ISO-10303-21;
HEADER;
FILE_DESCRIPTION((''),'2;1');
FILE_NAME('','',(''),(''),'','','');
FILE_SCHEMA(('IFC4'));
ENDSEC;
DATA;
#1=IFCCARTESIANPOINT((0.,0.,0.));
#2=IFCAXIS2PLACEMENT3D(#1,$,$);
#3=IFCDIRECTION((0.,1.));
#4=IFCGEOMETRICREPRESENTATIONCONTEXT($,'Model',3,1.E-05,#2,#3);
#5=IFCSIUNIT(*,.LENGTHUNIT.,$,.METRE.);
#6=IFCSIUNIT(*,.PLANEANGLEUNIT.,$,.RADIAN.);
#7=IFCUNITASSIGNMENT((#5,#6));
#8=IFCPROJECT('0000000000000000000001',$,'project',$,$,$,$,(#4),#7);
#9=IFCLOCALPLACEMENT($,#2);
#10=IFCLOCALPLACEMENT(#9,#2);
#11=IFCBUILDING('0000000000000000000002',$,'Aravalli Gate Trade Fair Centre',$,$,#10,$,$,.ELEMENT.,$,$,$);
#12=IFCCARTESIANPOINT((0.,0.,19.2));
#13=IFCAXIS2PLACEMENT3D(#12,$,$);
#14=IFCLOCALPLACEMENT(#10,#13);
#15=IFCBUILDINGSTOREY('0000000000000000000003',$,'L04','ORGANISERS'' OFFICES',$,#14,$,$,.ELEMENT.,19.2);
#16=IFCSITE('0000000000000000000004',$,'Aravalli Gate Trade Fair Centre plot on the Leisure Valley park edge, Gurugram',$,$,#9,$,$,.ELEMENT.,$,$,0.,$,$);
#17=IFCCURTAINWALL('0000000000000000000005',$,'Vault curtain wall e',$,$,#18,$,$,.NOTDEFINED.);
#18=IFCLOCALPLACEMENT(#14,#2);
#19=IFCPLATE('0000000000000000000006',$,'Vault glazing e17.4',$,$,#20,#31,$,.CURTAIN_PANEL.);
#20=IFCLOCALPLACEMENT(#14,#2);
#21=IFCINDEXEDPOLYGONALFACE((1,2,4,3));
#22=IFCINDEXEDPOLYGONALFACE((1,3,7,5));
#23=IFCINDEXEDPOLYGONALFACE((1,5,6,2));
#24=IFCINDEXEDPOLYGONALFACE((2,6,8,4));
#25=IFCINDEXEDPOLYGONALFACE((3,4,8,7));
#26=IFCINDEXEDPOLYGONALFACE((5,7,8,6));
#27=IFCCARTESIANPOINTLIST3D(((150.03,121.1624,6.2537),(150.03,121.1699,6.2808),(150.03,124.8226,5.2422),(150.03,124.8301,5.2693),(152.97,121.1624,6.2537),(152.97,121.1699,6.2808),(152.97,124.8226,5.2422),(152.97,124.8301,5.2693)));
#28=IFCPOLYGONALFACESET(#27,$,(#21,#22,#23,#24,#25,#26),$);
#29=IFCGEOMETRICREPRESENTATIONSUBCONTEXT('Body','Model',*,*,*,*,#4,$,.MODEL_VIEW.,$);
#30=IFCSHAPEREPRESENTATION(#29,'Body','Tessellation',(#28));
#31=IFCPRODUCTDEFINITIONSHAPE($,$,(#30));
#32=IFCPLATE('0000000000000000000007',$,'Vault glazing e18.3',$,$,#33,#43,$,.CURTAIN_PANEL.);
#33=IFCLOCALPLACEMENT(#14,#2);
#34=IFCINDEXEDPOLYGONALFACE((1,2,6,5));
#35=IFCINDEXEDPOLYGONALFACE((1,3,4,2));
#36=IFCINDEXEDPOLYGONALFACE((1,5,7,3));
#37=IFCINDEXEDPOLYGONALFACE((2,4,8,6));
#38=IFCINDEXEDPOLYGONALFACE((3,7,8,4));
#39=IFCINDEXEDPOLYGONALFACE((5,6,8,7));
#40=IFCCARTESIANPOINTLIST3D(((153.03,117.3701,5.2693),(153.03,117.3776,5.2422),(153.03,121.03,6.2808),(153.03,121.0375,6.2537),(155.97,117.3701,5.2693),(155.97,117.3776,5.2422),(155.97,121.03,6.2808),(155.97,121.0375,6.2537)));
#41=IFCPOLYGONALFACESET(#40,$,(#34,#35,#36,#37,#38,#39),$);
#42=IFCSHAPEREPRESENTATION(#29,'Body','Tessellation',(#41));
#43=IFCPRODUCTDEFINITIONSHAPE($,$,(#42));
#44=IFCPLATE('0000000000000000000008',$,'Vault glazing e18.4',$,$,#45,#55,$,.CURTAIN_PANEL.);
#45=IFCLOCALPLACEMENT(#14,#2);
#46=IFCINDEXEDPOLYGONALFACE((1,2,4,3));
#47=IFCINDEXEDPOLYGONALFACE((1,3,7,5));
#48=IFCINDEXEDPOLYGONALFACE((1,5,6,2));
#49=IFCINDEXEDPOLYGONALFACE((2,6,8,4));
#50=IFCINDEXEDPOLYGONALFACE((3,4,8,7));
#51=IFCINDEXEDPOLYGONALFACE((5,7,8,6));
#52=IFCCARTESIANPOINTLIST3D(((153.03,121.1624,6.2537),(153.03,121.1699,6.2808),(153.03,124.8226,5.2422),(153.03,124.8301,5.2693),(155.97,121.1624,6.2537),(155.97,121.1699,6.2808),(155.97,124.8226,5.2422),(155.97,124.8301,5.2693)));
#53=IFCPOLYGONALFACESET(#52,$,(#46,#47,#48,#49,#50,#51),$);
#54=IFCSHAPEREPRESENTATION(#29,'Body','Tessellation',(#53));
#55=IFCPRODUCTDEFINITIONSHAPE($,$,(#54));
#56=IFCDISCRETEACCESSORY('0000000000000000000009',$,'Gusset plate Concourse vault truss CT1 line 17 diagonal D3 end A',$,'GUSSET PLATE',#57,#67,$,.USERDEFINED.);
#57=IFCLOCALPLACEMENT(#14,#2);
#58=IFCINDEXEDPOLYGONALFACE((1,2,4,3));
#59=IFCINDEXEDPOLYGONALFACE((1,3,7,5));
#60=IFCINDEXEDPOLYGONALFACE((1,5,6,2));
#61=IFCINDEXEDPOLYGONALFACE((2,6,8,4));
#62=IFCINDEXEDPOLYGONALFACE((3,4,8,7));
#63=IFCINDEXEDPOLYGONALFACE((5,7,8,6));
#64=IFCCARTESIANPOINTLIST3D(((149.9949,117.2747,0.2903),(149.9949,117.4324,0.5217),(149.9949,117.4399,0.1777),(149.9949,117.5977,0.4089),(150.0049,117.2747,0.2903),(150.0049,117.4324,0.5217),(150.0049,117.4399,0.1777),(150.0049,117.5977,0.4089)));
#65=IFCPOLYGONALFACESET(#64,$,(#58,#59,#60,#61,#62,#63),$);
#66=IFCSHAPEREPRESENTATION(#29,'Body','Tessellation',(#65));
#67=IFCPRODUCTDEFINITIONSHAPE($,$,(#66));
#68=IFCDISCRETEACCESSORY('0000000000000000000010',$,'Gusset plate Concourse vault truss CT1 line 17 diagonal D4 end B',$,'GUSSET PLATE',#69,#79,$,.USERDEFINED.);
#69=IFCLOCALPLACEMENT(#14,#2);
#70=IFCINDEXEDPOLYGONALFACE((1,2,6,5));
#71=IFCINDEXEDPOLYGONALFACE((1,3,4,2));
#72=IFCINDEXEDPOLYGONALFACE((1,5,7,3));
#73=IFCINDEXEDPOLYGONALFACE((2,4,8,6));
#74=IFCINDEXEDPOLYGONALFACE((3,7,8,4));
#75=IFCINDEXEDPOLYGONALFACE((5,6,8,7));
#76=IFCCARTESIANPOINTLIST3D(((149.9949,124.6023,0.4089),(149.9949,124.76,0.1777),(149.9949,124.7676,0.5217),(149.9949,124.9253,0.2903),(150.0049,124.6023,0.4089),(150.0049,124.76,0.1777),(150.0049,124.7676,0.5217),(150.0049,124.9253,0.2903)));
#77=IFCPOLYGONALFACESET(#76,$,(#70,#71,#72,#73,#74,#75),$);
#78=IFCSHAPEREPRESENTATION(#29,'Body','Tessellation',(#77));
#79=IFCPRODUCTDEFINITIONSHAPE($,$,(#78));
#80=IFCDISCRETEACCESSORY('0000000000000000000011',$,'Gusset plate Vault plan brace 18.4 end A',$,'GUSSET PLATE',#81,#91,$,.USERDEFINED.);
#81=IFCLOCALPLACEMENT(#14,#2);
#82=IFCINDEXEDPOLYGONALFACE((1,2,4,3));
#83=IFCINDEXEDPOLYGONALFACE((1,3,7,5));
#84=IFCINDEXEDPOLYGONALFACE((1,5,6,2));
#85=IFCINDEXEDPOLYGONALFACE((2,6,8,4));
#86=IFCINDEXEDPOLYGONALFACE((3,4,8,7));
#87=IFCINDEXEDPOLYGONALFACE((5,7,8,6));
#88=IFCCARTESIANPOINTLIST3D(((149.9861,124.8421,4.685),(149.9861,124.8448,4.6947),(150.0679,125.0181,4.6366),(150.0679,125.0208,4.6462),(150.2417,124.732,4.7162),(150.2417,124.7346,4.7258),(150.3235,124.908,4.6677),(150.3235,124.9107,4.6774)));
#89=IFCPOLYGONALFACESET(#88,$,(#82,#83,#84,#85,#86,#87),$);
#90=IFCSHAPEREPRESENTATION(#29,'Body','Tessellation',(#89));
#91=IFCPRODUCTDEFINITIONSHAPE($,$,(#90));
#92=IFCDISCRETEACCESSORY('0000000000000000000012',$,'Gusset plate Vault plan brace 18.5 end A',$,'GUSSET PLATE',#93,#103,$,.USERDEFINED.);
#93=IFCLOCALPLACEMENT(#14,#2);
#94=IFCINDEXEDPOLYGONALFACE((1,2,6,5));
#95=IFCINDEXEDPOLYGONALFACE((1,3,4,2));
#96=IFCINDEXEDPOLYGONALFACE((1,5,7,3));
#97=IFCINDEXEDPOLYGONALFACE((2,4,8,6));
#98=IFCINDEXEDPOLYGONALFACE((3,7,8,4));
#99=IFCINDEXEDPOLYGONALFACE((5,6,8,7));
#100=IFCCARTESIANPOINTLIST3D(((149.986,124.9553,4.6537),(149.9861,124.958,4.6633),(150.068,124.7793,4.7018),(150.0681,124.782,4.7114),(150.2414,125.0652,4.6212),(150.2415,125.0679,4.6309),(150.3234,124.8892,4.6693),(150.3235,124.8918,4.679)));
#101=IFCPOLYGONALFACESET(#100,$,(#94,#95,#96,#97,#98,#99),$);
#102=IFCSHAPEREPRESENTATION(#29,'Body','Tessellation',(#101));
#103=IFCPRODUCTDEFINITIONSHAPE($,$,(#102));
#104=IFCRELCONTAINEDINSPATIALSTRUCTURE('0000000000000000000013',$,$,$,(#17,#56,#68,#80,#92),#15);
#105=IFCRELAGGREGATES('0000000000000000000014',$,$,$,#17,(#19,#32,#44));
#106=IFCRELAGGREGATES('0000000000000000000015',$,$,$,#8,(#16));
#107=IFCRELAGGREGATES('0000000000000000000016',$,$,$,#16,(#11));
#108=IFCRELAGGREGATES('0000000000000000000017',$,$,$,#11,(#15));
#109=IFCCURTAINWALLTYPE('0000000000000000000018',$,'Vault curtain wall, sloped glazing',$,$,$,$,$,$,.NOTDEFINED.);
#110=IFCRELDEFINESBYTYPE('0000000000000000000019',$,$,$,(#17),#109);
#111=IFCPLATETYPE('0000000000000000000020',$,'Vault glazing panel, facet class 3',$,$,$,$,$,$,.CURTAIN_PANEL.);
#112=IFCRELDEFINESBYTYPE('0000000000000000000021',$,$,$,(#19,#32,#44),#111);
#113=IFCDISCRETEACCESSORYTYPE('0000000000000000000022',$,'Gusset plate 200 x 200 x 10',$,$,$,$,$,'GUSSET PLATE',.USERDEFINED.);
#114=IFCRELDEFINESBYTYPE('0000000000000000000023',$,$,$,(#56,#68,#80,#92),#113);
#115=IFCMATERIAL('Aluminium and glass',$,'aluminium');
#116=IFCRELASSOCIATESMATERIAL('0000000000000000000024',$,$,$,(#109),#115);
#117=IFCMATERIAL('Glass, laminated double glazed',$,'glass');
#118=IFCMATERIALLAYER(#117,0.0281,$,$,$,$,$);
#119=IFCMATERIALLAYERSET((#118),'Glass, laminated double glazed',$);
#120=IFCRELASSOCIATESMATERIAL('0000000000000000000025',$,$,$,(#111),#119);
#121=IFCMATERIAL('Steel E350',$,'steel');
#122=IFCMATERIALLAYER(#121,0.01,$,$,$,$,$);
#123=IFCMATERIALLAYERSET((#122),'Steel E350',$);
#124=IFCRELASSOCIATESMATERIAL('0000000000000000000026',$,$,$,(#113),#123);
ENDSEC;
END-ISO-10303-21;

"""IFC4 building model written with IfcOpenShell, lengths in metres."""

from ifc_helpers import new_model, si_unit, direction, frame, origin, place, context, subcontext, project, spatial, polyline, outline, extrude, material, layer, layer_set, type_object, element, aggregate, save


model = new_model("IFC4")

# Units and contexts
model_context = context("Model", 3, precision=1e-05, world=origin(), true_north=direction((0.0, 1.0)))
body_context = subcontext(model_context, "Body", "Model", "MODEL_VIEW")
ifc_project = project(units=[si_unit("LENGTHUNIT", "METRE"), si_unit("PLANEANGLEUNIT", "RADIAN")], contexts=[model_context])

# Site, building, storey
site_placement = place(None, origin())
site = spatial("IfcSite", under=ifc_project, at=site_placement, Name="Aravalli Gate Trade Fair Centre plot on the Leisure Valley park edge, Gurugram", CompositionType="ELEMENT", RefElevation=0.0)
building_placement = place(site_placement, origin())
building = spatial("IfcBuilding", under=site, at=building_placement, Name="Aravalli Gate Trade Fair Centre", CompositionType="ELEMENT")
storey_placement = place(building_placement, frame((0.0, 0.0, 19.2)))
storey = spatial("IfcBuildingStorey", under=building, at=storey_placement, Name="L04", Description="ORGANISERS' OFFICES", CompositionType="ELEMENT", Elevation=19.2)

# Shared definitions
ifc_material_1 = material(Name="Steel E350", Category="steel")

# Curtain wall, plates
ifc_material_2 = material(Name="Aluminium and glass", Category="aluminium")
curtain_wall_type = type_object("IfcCurtainWallType", Name="Vault curtain wall, sloped glazing", PredefinedType="NOTDEFINED", material=ifc_material_2)
curtain_wall_placement = place(storey_placement, origin())
curtain_wall = element("IfcCurtainWall", 1, at=curtain_wall_placement, inside=storey, type_object=curtain_wall_type, Name="Vault curtain wall e", PredefinedType="NOTDEFINED")
ifc_material_3 = material(Name="Glass, laminated double glazed", Category="glass")
ifc_layer_1 = layer(ifc_material_3, 0.0281)
ifc_layer_set_1 = layer_set([ifc_layer_1], Name="Glass, laminated double glazed")
plate_type_1 = type_object("IfcPlateType", Name="Vault glazing panel, facet class 3", PredefinedType="CURTAIN_PANEL", material=ifc_layer_set_1)
plate_1_placement = place(storey_placement, frame((150.03, 121.1699, 6.2808), z_axis=(0.0, 0.266364, 0.963873), x_axis=(1.0, 0.0, 0.0)))
plate_1 = element("IfcPlate", 2, at=plate_1_placement, type_object=plate_type_1, Name="Vault glazing e17.4", PredefinedType="CURTAIN_PANEL", context=body_context, shape_type="SweptSolid", body=[
    extrude(outline(polyline([(0.0, 0.0), (2.9399, 0.0), (2.9399, 3.7973), (0.0, 3.7973), (0.0, 0.0)])), origin(), (0.0, 0.0, -1.0), 0.0281),
])
plate_2_placement = place(storey_placement, frame((153.03, 117.3701, 5.2693), z_axis=(0.0, -0.26638, 0.963868), x_axis=(1.0, 0.0, 0.0)))
plate_2 = element("IfcPlate", 3, at=plate_2_placement, type_object=plate_type_1, Name="Vault glazing e18.3", PredefinedType="CURTAIN_PANEL", context=body_context, shape_type="SweptSolid", body=[
    extrude(outline(polyline([(0.0, 0.0), (2.9399, 0.0), (2.9399, 3.7971), (0.0, 3.7971), (0.0, 0.0)])), origin(), (0.0, 0.0, -1.0), 0.0281),
])
plate_3_placement = place(storey_placement, frame((153.03, 121.1699, 6.2808), z_axis=(0.0, 0.266364, 0.963873), x_axis=(1.0, 0.0, 0.0)))
plate_3 = element("IfcPlate", 4, at=plate_3_placement, type_object=plate_type_1, Name="Vault glazing e18.4", PredefinedType="CURTAIN_PANEL", context=body_context, shape_type="SweptSolid", body=[
    extrude(outline(polyline([(0.0, 0.0), (2.9399, 0.0), (2.9399, 3.7973), (0.0, 3.7973), (0.0, 0.0)])), origin(), (0.0, 0.0, -1.0), 0.0281),
])
aggregate(curtain_wall, [plate_1, plate_2, plate_3])

# Discrete accessories
ifc_layer_2 = layer(ifc_material_1, 0.01)
ifc_layer_set_2 = layer_set([ifc_layer_2], Name="Steel E350")
discrete_accessory_type = type_object("IfcDiscreteAccessoryType", Name="Gusset plate 200 x 200 x 10", ElementType="GUSSET PLATE", PredefinedType="USERDEFINED", material=ifc_layer_set_2)
discrete_accessory_1_placement = place(storey_placement, frame((150.0049, 117.4324, 0.5217), z_axis=(1.0, 0.0, 0.0), x_axis=(0.0, -0.56312, -0.826375)))
element("IfcDiscreteAccessory", 5, at=discrete_accessory_1_placement, inside=storey, type_object=discrete_accessory_type, Name="Gusset plate Concourse vault truss CT1 line 17 diagonal D3 end A", ObjectType="GUSSET PLATE", PredefinedType="USERDEFINED", context=body_context, shape_type="SweptSolid", body=[
    extrude(outline(polyline([(0.0, 0.0), (0.2801, 0.0), (0.28, 0.2), (0.0001, 0.2001), (0.0, 0.0)])), origin(), (0.0, 0.0, -1.0), 0.01),
])
discrete_accessory_2_placement = place(storey_placement, frame((150.0049, 124.6023, 0.4089), z_axis=(1.0, 0.0, 0.0), x_axis=(0.0, 0.563526, -0.826098)))
element("IfcDiscreteAccessory", 6, at=discrete_accessory_2_placement, inside=storey, type_object=discrete_accessory_type, Name="Gusset plate Concourse vault truss CT1 line 17 diagonal D4 end B", ObjectType="GUSSET PLATE", PredefinedType="USERDEFINED", context=body_context, shape_type="SweptSolid", body=[
    extrude(outline(polyline([(0.0, 0.0), (0.2799, 0.0), (0.28, 0.2), (0.0, 0.2001), (0.0, 0.0)])), origin(), (0.0, 0.0, -1.0), 0.01),
])
discrete_accessory_3_placement = place(storey_placement, frame((150.2417, 124.7346, 4.7258), z_axis=(-0.002558, 0.26654, 0.963821), x_axis=(-0.912684, 0.393254, -0.111174)))
element("IfcDiscreteAccessory", 7, at=discrete_accessory_3_placement, inside=storey, type_object=discrete_accessory_type, Name="Gusset plate Vault plan brace 18.4 end A", ObjectType="GUSSET PLATE", PredefinedType="USERDEFINED", context=body_context, shape_type="SweptSolid", body=[
    extrude(outline(polyline([(0.0, 0.0), (0.2801, 0.0), (0.28, -0.2), (0.0, -0.2001), (0.0, 0.0)])), origin(), (0.0, 0.0, -1.0), 0.01),
])
discrete_accessory_4_placement = place(storey_placement, frame((150.3235, 124.8918, 4.679), z_axis=(0.00771, 0.266904, 0.963692), x_axis=(-0.912396, -0.392522, 0.116012)))
element("IfcDiscreteAccessory", 8, at=discrete_accessory_4_placement, inside=storey, type_object=discrete_accessory_type, Name="Gusset plate Vault plan brace 18.5 end A", ObjectType="GUSSET PLATE", PredefinedType="USERDEFINED", context=body_context, shape_type="SweptSolid", body=[
    extrude(outline(polyline([(0.0, 0.0), (0.2799, 0.0), (0.2801, -0.2001), (0.0002, -0.2001), (0.0, 0.0)])), origin(), (0.0, 0.0, -1.0), 0.01),
])

save(model, "model.ifc")
